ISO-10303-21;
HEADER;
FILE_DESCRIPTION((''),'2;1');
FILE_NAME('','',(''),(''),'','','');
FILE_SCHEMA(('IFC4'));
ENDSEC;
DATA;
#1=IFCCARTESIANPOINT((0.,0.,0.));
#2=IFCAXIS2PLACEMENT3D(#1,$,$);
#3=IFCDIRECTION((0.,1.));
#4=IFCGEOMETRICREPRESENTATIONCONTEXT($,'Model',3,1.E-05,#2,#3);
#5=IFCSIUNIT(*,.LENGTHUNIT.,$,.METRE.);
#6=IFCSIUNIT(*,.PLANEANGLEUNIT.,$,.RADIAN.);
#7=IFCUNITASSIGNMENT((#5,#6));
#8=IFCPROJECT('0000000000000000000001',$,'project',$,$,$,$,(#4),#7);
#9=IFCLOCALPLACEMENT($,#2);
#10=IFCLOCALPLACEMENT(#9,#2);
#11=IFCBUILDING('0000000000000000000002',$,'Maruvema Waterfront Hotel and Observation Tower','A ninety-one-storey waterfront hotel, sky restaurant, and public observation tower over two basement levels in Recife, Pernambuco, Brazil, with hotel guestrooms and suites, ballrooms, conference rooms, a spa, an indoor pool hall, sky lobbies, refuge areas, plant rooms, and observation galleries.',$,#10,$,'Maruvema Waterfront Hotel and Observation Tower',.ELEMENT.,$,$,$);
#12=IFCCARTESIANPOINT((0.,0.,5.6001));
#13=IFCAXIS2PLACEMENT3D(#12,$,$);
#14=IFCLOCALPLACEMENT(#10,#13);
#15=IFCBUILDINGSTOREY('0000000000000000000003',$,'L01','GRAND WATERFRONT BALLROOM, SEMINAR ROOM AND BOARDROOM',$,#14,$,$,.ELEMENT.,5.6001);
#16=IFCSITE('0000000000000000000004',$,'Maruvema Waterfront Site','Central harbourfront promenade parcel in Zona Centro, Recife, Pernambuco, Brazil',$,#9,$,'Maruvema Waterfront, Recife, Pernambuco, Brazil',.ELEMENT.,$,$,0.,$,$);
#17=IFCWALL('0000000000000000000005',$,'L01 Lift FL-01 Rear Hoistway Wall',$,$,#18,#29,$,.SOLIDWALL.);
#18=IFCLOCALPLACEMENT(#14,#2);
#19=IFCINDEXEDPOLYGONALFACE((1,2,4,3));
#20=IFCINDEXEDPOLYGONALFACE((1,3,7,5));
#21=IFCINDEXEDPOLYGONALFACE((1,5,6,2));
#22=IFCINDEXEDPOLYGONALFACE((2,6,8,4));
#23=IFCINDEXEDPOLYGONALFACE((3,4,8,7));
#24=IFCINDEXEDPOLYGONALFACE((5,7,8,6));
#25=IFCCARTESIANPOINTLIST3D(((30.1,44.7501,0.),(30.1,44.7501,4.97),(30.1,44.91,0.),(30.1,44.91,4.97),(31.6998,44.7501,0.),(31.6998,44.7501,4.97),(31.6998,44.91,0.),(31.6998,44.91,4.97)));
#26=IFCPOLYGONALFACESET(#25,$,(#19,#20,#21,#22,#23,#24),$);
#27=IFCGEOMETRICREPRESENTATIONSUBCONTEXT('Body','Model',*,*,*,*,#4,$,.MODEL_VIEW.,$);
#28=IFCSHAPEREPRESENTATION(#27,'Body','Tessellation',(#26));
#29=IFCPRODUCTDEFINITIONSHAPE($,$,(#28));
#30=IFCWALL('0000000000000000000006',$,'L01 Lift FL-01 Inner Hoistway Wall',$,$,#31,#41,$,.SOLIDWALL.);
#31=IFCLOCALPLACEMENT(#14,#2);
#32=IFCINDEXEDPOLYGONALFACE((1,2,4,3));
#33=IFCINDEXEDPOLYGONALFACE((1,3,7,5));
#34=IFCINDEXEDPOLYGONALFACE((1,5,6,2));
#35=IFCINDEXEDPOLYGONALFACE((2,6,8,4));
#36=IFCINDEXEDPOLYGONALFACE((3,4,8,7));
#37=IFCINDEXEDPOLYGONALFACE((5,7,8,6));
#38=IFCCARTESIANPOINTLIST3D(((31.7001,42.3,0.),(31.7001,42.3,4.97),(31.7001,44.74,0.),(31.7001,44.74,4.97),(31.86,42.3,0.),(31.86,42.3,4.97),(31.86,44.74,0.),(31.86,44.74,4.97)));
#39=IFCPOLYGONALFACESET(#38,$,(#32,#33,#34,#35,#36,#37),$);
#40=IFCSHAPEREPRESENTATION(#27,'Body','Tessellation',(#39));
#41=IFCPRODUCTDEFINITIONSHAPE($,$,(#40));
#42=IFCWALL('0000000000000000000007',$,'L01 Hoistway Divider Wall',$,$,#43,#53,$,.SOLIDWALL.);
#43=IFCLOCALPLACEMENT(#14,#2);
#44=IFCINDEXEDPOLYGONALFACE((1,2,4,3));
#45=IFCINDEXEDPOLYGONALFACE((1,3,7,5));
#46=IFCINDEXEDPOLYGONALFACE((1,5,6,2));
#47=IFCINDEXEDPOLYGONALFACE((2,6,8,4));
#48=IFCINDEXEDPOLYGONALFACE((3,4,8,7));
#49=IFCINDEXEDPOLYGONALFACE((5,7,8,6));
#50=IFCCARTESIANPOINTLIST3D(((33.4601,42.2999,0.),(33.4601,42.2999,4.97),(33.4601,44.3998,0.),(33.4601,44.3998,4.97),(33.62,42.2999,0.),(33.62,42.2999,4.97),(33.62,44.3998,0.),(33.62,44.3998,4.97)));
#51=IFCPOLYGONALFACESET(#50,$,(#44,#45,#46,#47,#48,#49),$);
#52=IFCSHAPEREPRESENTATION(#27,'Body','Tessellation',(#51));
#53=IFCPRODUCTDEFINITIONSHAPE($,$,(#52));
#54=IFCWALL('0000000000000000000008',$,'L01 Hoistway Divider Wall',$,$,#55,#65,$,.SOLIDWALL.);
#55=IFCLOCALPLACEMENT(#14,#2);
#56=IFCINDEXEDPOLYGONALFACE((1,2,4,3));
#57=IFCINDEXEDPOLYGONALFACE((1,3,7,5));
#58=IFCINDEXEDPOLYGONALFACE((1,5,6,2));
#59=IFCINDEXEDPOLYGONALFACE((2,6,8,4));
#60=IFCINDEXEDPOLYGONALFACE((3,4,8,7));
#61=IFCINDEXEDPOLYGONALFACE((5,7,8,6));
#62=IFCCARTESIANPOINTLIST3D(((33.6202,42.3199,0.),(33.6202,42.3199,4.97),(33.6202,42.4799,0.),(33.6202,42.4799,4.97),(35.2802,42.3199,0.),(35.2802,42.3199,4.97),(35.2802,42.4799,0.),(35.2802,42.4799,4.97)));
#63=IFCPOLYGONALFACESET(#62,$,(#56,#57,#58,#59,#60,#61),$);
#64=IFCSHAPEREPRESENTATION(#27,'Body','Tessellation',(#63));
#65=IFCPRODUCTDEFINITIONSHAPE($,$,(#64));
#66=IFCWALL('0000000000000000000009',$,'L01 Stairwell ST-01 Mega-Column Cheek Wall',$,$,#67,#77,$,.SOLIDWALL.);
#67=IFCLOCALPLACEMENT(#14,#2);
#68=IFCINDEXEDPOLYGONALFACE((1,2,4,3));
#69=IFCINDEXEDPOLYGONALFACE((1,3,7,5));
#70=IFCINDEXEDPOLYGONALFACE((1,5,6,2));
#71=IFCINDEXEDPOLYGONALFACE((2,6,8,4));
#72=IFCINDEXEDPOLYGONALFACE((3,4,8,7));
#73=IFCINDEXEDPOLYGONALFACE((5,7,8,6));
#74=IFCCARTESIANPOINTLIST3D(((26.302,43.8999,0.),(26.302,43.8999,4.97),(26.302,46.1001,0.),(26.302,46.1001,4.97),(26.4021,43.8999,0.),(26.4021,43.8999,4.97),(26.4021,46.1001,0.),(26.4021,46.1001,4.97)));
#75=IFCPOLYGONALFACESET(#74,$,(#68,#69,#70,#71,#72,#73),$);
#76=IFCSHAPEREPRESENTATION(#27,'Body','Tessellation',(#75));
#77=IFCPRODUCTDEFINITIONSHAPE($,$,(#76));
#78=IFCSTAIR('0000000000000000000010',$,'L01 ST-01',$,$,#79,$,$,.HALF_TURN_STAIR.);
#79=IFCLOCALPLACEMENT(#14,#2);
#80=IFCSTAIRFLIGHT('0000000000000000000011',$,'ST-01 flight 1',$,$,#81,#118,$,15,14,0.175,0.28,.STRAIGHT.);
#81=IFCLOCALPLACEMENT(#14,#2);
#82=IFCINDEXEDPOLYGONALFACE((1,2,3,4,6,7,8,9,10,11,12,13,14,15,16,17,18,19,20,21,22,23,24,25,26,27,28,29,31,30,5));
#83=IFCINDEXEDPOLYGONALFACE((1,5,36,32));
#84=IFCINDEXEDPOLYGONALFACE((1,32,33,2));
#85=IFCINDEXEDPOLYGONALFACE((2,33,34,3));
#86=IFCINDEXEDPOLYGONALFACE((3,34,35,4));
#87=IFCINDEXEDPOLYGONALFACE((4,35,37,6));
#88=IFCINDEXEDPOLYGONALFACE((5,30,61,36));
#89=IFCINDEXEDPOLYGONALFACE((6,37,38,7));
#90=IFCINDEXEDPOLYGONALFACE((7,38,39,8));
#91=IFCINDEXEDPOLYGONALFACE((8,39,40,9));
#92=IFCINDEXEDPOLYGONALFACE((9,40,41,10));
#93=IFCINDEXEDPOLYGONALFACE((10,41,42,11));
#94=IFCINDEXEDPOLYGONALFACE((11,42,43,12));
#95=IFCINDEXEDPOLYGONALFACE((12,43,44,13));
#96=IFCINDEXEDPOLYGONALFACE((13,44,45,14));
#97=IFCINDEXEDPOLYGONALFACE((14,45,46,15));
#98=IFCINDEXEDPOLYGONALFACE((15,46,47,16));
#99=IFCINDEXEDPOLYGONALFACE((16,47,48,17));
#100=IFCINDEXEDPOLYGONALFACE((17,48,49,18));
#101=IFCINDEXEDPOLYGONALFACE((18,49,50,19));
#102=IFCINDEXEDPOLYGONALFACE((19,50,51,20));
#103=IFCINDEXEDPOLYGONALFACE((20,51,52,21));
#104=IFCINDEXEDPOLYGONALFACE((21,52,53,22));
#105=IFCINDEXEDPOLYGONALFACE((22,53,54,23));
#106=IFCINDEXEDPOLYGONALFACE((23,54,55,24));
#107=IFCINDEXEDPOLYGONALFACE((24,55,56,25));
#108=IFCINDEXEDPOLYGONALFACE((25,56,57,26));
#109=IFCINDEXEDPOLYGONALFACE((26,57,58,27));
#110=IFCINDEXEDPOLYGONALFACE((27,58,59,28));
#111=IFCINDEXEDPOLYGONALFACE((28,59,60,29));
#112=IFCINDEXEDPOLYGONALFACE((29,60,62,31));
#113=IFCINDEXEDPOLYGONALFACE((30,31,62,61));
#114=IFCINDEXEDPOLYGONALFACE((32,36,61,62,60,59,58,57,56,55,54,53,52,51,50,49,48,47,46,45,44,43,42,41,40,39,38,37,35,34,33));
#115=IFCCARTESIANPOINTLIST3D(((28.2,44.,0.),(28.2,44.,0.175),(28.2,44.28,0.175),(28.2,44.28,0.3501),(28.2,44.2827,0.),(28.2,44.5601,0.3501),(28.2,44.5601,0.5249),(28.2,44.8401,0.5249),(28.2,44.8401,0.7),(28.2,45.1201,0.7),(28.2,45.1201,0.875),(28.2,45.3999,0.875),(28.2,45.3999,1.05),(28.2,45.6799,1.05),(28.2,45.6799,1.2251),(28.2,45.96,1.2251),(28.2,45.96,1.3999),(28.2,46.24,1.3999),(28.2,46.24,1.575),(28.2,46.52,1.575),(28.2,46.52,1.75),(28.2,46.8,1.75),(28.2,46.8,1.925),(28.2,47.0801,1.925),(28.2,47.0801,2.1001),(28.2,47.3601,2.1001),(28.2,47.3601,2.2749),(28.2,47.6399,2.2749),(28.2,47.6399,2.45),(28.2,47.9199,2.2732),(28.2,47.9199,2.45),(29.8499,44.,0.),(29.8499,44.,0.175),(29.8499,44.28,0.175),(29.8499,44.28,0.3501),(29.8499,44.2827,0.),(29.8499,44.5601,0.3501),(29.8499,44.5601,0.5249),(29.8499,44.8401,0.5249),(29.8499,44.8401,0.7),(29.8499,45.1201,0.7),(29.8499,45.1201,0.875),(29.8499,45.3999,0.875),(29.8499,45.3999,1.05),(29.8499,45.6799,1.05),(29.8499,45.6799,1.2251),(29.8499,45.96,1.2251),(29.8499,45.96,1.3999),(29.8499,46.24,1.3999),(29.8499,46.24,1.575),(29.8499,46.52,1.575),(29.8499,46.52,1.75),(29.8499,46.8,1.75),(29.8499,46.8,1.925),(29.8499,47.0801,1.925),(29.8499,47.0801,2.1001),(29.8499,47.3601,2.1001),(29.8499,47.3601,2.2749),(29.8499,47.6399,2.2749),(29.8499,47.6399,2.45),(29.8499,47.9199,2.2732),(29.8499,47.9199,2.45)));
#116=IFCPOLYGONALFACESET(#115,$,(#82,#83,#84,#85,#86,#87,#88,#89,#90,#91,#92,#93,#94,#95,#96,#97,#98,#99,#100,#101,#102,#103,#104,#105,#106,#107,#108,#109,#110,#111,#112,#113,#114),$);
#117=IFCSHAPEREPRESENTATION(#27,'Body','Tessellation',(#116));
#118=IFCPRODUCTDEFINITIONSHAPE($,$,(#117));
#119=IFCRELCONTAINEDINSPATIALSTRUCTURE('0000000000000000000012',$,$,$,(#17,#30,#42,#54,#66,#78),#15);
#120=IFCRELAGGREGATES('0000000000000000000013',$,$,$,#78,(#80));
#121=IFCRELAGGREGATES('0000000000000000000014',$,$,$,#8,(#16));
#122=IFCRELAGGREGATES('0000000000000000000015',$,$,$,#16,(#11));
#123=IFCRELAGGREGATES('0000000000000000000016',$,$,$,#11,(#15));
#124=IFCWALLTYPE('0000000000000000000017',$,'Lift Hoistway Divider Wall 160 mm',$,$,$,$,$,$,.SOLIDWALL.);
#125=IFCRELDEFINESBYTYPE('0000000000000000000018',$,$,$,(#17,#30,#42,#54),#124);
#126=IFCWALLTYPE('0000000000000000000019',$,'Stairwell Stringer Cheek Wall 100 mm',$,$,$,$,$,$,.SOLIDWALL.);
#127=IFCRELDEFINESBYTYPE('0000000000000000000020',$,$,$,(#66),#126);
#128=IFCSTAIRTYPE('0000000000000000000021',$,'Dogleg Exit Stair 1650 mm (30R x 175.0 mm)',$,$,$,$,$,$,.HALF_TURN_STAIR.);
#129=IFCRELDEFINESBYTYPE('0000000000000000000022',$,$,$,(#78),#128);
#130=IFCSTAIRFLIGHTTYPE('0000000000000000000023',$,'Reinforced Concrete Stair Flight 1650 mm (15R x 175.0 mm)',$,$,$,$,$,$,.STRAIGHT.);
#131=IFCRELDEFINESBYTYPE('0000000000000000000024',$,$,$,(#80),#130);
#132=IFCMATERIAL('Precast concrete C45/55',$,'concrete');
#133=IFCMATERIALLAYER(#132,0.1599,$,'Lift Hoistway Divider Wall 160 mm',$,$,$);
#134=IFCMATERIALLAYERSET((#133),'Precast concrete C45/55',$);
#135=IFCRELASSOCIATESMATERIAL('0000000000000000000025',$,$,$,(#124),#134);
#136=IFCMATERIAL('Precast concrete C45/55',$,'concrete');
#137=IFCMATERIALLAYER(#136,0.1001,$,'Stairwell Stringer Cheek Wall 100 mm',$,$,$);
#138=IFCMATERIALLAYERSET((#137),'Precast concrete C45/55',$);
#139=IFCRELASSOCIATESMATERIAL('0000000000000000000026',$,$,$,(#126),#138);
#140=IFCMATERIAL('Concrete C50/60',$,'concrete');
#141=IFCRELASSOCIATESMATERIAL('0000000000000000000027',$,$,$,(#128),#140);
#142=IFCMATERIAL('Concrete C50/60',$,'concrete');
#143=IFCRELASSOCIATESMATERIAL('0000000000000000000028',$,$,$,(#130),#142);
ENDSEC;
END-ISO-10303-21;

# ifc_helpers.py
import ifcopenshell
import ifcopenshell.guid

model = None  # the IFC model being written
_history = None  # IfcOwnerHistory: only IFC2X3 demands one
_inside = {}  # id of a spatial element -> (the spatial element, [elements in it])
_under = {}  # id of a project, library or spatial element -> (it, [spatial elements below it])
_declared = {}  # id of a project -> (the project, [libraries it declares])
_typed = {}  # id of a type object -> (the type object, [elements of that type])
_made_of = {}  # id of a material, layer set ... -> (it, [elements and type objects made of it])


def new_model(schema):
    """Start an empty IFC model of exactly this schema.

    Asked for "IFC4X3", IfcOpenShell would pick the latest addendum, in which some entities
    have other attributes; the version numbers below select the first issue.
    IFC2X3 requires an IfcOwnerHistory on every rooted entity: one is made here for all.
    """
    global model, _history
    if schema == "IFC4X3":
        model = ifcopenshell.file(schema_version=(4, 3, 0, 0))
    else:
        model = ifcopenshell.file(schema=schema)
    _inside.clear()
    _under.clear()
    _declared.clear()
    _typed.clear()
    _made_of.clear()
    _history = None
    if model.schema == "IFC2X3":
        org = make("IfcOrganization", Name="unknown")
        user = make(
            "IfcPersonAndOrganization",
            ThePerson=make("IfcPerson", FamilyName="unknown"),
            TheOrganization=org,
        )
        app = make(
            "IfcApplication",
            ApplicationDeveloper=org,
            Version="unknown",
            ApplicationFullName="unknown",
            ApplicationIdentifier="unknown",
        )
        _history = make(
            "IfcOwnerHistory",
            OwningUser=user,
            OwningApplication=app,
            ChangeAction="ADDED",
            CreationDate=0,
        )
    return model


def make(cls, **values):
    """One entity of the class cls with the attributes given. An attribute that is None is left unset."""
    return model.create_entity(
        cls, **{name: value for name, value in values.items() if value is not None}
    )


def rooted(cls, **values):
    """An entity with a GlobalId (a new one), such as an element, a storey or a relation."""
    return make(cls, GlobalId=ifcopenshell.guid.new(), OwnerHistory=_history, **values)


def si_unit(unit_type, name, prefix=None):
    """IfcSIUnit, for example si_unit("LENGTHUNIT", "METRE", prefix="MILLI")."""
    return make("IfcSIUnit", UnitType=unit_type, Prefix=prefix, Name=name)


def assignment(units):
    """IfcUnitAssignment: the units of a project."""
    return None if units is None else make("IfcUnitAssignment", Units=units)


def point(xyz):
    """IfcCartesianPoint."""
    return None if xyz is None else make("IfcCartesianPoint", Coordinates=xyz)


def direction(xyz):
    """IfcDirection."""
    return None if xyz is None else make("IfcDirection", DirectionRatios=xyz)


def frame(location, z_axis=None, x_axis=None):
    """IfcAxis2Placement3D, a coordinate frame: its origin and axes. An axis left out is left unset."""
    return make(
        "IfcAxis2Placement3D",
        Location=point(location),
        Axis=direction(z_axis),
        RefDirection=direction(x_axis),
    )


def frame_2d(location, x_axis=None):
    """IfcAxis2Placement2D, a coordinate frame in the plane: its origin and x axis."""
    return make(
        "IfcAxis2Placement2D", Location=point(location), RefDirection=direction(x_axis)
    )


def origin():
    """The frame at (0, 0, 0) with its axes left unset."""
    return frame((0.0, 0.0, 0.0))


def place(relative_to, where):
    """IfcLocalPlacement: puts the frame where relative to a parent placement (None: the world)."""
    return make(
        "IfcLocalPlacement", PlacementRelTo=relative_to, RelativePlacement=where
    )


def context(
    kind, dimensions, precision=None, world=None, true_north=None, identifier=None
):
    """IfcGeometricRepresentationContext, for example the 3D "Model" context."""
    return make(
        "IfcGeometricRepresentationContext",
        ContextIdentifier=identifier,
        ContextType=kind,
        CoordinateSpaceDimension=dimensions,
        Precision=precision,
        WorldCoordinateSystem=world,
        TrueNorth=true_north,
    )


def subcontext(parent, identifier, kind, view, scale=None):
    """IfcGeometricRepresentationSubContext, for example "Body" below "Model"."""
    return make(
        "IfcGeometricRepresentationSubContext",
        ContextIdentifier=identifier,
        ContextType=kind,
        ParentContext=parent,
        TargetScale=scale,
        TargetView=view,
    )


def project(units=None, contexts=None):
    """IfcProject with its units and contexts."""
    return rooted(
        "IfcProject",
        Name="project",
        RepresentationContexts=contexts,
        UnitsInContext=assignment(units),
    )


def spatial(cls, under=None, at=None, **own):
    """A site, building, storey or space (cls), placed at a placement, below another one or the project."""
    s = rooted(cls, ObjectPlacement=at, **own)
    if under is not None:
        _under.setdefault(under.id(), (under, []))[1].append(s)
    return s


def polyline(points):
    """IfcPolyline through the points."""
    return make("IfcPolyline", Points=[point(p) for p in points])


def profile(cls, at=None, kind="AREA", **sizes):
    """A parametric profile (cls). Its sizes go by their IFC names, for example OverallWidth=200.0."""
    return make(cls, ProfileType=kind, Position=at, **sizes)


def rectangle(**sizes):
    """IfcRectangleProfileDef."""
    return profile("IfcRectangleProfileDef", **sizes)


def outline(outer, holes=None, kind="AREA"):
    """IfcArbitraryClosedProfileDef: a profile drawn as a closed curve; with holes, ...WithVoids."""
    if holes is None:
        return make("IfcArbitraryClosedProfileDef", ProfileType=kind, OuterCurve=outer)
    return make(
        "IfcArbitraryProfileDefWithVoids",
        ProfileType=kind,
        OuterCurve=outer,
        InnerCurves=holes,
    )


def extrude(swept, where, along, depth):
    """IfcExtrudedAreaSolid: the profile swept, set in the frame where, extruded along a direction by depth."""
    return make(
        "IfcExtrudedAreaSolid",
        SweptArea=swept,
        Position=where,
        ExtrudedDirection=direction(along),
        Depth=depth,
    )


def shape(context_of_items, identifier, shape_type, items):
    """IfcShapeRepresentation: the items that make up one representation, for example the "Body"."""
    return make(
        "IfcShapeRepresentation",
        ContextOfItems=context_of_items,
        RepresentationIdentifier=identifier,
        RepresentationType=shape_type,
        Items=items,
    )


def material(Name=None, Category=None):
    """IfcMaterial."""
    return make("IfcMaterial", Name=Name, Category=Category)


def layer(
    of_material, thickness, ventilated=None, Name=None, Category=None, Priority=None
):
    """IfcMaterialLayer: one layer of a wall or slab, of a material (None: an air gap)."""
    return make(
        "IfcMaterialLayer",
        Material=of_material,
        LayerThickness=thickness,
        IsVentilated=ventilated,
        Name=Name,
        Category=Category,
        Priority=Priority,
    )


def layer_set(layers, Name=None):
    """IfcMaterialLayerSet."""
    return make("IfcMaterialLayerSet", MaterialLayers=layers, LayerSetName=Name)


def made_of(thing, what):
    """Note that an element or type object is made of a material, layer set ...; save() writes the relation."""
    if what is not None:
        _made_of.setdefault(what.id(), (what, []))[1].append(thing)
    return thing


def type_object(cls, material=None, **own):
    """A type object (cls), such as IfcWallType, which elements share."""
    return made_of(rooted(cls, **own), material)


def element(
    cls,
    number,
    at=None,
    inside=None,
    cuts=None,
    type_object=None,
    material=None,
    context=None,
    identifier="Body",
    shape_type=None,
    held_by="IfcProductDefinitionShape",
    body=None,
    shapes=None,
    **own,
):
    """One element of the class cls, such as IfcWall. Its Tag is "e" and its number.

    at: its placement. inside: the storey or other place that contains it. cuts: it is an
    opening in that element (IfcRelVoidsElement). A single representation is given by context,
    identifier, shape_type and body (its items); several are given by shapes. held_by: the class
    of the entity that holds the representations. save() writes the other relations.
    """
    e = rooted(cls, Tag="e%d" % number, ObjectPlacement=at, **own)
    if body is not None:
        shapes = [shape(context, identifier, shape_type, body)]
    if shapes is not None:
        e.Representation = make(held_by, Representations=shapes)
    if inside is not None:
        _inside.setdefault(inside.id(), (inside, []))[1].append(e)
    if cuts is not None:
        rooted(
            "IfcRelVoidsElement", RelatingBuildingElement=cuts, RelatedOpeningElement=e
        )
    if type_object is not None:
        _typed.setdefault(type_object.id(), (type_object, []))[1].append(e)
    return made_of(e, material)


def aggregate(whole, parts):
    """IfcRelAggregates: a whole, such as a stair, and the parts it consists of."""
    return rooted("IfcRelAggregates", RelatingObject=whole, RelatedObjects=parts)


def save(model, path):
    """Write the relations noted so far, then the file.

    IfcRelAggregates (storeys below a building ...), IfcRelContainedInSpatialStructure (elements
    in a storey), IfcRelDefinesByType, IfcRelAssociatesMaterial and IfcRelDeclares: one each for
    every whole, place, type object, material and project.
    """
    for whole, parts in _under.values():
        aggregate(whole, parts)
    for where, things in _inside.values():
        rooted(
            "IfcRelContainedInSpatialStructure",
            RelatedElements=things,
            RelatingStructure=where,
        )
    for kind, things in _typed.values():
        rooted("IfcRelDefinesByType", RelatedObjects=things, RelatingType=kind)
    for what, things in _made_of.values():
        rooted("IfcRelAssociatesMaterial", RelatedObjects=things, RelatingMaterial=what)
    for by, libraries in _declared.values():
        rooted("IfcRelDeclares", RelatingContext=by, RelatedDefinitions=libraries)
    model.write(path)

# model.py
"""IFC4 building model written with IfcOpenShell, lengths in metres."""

from ifc_helpers import new_model, si_unit, direction, frame, frame_2d, origin, place, context, subcontext, project, spatial, polyline, rectangle, outline, extrude, material, layer, layer_set, type_object, element, aggregate, save


model = new_model("IFC4")

# Units and contexts
model_context = context("Model", 3, precision=1e-05, world=origin(), true_north=direction((0.0, 1.0)))
body_context = subcontext(model_context, "Body", "Model", "MODEL_VIEW")
ifc_project = project(units=[si_unit("LENGTHUNIT", "METRE"), si_unit("PLANEANGLEUNIT", "RADIAN")], contexts=[model_context])

# Site, building, storey
site_placement = place(None, origin())
site = spatial("IfcSite", under=ifc_project, at=site_placement, Name="Maruvema Waterfront Site", Description="Central harbourfront promenade parcel in Zona Centro, Recife, Pernambuco, Brazil", LongName="Maruvema Waterfront, Recife, Pernambuco, Brazil", CompositionType="ELEMENT", RefElevation=0.0)
building_placement = place(site_placement, origin())
building = spatial("IfcBuilding", under=site, at=building_placement, Name="Maruvema Waterfront Hotel and Observation Tower", Description="A ninety-one-storey waterfront hotel, sky restaurant, and public observation tower over two basement levels in Recife, Pernambuco, Brazil, with hotel guestrooms and suites, ballrooms, conference rooms, a spa, an indoor pool hall, sky lobbies, refuge areas, plant rooms, and observation galleries.", LongName="Maruvema Waterfront Hotel and Observation Tower", CompositionType="ELEMENT")
storey_placement = place(building_placement, frame((0.0, 0.0, 5.6001)))
storey = spatial("IfcBuildingStorey", under=building, at=storey_placement, Name="L01", Description="GRAND WATERFRONT BALLROOM, SEMINAR ROOM AND BOARDROOM", CompositionType="ELEMENT", Elevation=5.6001)

# Walls
ifc_material_1 = material(Name="Precast concrete C45/55", Category="concrete")
ifc_layer_1 = layer(ifc_material_1, 0.1599, Name="Lift Hoistway Divider Wall 160 mm")
ifc_layer_set_1 = layer_set([ifc_layer_1], Name="Precast concrete C45/55")
wall_type_1 = type_object("IfcWallType", Name="Lift Hoistway Divider Wall 160 mm", PredefinedType="SOLIDWALL", material=ifc_layer_set_1)
wall_1_placement = place(storey_placement, frame((30.1001, 44.8301, 0.0), z_axis=(0.0, 0.0, 1.0), x_axis=(1.0, 0.0, 0.0)))
element("IfcWall", 1, at=wall_1_placement, inside=storey, type_object=wall_type_1, Name="L01 Lift FL-01 Rear Hoistway Wall", PredefinedType="SOLIDWALL", context=body_context, shape_type="SweptSolid", body=[
    extrude(rectangle(XDim=1.5999, YDim=0.1599, at=frame_2d((0.7998, 0.0))), origin(), (0.0, 0.0, 1.0), 4.97),
])
wall_2_placement = place(storey_placement, frame((31.78, 42.3, 0.0), z_axis=(0.0, 0.0, 1.0), x_axis=(0.0, 1.0, 0.0)))
element("IfcWall", 2, at=wall_2_placement, inside=storey, type_object=wall_type_1, Name="L01 Lift FL-01 Inner Hoistway Wall", PredefinedType="SOLIDWALL", context=body_context, shape_type="SweptSolid", body=[
    extrude(rectangle(XDim=2.4399, YDim=0.1599, at=frame_2d((1.22, 0.0))), origin(), (0.0, 0.0, 1.0), 4.97),
])
wall_3_placement = place(storey_placement, frame((33.54, 42.3, 0.0), z_axis=(0.0, 0.0, 1.0), x_axis=(0.0, 1.0, 0.0)))
element("IfcWall", 3, at=wall_3_placement, inside=storey, type_object=wall_type_1, Name="L01 Hoistway Divider Wall", PredefinedType="SOLIDWALL", context=body_context, shape_type="SweptSolid", body=[
    extrude(rectangle(XDim=2.0999, YDim=0.1599, at=frame_2d((1.0498, 0.0))), origin(), (0.0, 0.0, 1.0), 4.97),
])
wall_4_placement = place(storey_placement, frame((33.6201, 42.3999, 0.0), z_axis=(0.0, 0.0, 1.0), x_axis=(1.0, 0.0, 0.0)))
element("IfcWall", 4, at=wall_4_placement, inside=storey, type_object=wall_type_1, Name="L01 Hoistway Divider Wall", PredefinedType="SOLIDWALL", context=body_context, shape_type="SweptSolid", body=[
    extrude(rectangle(XDim=1.6599, YDim=0.1599, at=frame_2d((0.8301, 0.0))), origin(), (0.0, 0.0, 1.0), 4.97),
])
ifc_material_2 = material(Name="Precast concrete C45/55", Category="concrete")
ifc_layer_2 = layer(ifc_material_2, 0.1001, Name="Stairwell Stringer Cheek Wall 100 mm")
ifc_layer_set_2 = layer_set([ifc_layer_2], Name="Precast concrete C45/55")
wall_type_2 = type_object("IfcWallType", Name="Stairwell Stringer Cheek Wall 100 mm", PredefinedType="SOLIDWALL", material=ifc_layer_set_2)
wall_5_placement = place(storey_placement, frame((26.3521, 43.8999, 0.0), z_axis=(0.0, 0.0, 1.0), x_axis=(0.0, 1.0, 0.0)))
element("IfcWall", 5, at=wall_5_placement, inside=storey, type_object=wall_type_2, Name="L01 Stairwell ST-01 Mega-Column Cheek Wall", PredefinedType="SOLIDWALL", context=body_context, shape_type="SweptSolid", body=[
    extrude(rectangle(XDim=2.2002, YDim=0.1001, at=frame_2d((1.1001, 0.0))), origin(), (0.0, 0.0, 1.0), 4.97),
])

# Stair, stair flight
ifc_material_3 = material(Name="Concrete C50/60", Category="concrete")
stair_type = type_object("IfcStairType", Name="Dogleg Exit Stair 1650 mm (30R x 175.0 mm)", PredefinedType="HALF_TURN_STAIR", material=ifc_material_3)
stair_placement = place(storey_placement, origin())
stair = element("IfcStair", 6, at=stair_placement, inside=storey, type_object=stair_type, Name="L01 ST-01", PredefinedType="HALF_TURN_STAIR")
ifc_material_4 = material(Name="Concrete C50/60", Category="concrete")
stair_flight_type = type_object("IfcStairFlightType", Name="Reinforced Concrete Stair Flight 1650 mm (15R x 175.0 mm)", PredefinedType="STRAIGHT", material=ifc_material_4)
stair_flight_placement = place(storey_placement, frame((29.0249, 44.0, 0.0), z_axis=(0.0, 0.0, 1.0), x_axis=(0.0, 1.0, 0.0)))
stair_flight = element("IfcStairFlight", 7, at=stair_flight_placement, type_object=stair_flight_type, Name="ST-01 flight 1", NumberOfRisers=15, NumberOfTreads=14, PredefinedType="STRAIGHT", RiserHeight=0.175, TreadLength=0.28, context=body_context, shape_type="SweptSolid", body=[
    extrude(outline(polyline([(0.0, 0.0), (0.0, 0.175), (0.28, 0.175), (0.28, 0.3501), (0.5601, 0.3501), (0.5601, 0.5249), (0.8401, 0.5249), (0.8401, 0.7), (1.1201, 0.7), (1.1201, 0.875), (1.3999, 0.875), (1.3999, 1.05), (1.6799, 1.05), (1.6799, 1.2251), (1.96, 1.2251), (1.96, 1.3999), (2.24, 1.3999), (2.24, 1.575), (2.52, 1.575), (2.52, 1.75), (2.8, 1.75), (2.8, 1.925), (3.0801, 1.925), (3.0801, 2.1001), (3.3601, 2.1001), (3.3601, 2.2749), (3.6399, 2.2749), (3.6399, 2.45), (3.9199, 2.45), (3.9199, 2.625), (3.9199, 2.2732), (0.2827, 0.0), (0.0, 0.0)])), frame((0.0, 0.825, 0.0), z_axis=(0.0, -1.0, 0.0), x_axis=(1.0, 0.0, 0.0)), (0.0, 0.0, 1.0), 1.6499),
])
aggregate(stair, [stair_flight])

save(model, "model.ifc")
